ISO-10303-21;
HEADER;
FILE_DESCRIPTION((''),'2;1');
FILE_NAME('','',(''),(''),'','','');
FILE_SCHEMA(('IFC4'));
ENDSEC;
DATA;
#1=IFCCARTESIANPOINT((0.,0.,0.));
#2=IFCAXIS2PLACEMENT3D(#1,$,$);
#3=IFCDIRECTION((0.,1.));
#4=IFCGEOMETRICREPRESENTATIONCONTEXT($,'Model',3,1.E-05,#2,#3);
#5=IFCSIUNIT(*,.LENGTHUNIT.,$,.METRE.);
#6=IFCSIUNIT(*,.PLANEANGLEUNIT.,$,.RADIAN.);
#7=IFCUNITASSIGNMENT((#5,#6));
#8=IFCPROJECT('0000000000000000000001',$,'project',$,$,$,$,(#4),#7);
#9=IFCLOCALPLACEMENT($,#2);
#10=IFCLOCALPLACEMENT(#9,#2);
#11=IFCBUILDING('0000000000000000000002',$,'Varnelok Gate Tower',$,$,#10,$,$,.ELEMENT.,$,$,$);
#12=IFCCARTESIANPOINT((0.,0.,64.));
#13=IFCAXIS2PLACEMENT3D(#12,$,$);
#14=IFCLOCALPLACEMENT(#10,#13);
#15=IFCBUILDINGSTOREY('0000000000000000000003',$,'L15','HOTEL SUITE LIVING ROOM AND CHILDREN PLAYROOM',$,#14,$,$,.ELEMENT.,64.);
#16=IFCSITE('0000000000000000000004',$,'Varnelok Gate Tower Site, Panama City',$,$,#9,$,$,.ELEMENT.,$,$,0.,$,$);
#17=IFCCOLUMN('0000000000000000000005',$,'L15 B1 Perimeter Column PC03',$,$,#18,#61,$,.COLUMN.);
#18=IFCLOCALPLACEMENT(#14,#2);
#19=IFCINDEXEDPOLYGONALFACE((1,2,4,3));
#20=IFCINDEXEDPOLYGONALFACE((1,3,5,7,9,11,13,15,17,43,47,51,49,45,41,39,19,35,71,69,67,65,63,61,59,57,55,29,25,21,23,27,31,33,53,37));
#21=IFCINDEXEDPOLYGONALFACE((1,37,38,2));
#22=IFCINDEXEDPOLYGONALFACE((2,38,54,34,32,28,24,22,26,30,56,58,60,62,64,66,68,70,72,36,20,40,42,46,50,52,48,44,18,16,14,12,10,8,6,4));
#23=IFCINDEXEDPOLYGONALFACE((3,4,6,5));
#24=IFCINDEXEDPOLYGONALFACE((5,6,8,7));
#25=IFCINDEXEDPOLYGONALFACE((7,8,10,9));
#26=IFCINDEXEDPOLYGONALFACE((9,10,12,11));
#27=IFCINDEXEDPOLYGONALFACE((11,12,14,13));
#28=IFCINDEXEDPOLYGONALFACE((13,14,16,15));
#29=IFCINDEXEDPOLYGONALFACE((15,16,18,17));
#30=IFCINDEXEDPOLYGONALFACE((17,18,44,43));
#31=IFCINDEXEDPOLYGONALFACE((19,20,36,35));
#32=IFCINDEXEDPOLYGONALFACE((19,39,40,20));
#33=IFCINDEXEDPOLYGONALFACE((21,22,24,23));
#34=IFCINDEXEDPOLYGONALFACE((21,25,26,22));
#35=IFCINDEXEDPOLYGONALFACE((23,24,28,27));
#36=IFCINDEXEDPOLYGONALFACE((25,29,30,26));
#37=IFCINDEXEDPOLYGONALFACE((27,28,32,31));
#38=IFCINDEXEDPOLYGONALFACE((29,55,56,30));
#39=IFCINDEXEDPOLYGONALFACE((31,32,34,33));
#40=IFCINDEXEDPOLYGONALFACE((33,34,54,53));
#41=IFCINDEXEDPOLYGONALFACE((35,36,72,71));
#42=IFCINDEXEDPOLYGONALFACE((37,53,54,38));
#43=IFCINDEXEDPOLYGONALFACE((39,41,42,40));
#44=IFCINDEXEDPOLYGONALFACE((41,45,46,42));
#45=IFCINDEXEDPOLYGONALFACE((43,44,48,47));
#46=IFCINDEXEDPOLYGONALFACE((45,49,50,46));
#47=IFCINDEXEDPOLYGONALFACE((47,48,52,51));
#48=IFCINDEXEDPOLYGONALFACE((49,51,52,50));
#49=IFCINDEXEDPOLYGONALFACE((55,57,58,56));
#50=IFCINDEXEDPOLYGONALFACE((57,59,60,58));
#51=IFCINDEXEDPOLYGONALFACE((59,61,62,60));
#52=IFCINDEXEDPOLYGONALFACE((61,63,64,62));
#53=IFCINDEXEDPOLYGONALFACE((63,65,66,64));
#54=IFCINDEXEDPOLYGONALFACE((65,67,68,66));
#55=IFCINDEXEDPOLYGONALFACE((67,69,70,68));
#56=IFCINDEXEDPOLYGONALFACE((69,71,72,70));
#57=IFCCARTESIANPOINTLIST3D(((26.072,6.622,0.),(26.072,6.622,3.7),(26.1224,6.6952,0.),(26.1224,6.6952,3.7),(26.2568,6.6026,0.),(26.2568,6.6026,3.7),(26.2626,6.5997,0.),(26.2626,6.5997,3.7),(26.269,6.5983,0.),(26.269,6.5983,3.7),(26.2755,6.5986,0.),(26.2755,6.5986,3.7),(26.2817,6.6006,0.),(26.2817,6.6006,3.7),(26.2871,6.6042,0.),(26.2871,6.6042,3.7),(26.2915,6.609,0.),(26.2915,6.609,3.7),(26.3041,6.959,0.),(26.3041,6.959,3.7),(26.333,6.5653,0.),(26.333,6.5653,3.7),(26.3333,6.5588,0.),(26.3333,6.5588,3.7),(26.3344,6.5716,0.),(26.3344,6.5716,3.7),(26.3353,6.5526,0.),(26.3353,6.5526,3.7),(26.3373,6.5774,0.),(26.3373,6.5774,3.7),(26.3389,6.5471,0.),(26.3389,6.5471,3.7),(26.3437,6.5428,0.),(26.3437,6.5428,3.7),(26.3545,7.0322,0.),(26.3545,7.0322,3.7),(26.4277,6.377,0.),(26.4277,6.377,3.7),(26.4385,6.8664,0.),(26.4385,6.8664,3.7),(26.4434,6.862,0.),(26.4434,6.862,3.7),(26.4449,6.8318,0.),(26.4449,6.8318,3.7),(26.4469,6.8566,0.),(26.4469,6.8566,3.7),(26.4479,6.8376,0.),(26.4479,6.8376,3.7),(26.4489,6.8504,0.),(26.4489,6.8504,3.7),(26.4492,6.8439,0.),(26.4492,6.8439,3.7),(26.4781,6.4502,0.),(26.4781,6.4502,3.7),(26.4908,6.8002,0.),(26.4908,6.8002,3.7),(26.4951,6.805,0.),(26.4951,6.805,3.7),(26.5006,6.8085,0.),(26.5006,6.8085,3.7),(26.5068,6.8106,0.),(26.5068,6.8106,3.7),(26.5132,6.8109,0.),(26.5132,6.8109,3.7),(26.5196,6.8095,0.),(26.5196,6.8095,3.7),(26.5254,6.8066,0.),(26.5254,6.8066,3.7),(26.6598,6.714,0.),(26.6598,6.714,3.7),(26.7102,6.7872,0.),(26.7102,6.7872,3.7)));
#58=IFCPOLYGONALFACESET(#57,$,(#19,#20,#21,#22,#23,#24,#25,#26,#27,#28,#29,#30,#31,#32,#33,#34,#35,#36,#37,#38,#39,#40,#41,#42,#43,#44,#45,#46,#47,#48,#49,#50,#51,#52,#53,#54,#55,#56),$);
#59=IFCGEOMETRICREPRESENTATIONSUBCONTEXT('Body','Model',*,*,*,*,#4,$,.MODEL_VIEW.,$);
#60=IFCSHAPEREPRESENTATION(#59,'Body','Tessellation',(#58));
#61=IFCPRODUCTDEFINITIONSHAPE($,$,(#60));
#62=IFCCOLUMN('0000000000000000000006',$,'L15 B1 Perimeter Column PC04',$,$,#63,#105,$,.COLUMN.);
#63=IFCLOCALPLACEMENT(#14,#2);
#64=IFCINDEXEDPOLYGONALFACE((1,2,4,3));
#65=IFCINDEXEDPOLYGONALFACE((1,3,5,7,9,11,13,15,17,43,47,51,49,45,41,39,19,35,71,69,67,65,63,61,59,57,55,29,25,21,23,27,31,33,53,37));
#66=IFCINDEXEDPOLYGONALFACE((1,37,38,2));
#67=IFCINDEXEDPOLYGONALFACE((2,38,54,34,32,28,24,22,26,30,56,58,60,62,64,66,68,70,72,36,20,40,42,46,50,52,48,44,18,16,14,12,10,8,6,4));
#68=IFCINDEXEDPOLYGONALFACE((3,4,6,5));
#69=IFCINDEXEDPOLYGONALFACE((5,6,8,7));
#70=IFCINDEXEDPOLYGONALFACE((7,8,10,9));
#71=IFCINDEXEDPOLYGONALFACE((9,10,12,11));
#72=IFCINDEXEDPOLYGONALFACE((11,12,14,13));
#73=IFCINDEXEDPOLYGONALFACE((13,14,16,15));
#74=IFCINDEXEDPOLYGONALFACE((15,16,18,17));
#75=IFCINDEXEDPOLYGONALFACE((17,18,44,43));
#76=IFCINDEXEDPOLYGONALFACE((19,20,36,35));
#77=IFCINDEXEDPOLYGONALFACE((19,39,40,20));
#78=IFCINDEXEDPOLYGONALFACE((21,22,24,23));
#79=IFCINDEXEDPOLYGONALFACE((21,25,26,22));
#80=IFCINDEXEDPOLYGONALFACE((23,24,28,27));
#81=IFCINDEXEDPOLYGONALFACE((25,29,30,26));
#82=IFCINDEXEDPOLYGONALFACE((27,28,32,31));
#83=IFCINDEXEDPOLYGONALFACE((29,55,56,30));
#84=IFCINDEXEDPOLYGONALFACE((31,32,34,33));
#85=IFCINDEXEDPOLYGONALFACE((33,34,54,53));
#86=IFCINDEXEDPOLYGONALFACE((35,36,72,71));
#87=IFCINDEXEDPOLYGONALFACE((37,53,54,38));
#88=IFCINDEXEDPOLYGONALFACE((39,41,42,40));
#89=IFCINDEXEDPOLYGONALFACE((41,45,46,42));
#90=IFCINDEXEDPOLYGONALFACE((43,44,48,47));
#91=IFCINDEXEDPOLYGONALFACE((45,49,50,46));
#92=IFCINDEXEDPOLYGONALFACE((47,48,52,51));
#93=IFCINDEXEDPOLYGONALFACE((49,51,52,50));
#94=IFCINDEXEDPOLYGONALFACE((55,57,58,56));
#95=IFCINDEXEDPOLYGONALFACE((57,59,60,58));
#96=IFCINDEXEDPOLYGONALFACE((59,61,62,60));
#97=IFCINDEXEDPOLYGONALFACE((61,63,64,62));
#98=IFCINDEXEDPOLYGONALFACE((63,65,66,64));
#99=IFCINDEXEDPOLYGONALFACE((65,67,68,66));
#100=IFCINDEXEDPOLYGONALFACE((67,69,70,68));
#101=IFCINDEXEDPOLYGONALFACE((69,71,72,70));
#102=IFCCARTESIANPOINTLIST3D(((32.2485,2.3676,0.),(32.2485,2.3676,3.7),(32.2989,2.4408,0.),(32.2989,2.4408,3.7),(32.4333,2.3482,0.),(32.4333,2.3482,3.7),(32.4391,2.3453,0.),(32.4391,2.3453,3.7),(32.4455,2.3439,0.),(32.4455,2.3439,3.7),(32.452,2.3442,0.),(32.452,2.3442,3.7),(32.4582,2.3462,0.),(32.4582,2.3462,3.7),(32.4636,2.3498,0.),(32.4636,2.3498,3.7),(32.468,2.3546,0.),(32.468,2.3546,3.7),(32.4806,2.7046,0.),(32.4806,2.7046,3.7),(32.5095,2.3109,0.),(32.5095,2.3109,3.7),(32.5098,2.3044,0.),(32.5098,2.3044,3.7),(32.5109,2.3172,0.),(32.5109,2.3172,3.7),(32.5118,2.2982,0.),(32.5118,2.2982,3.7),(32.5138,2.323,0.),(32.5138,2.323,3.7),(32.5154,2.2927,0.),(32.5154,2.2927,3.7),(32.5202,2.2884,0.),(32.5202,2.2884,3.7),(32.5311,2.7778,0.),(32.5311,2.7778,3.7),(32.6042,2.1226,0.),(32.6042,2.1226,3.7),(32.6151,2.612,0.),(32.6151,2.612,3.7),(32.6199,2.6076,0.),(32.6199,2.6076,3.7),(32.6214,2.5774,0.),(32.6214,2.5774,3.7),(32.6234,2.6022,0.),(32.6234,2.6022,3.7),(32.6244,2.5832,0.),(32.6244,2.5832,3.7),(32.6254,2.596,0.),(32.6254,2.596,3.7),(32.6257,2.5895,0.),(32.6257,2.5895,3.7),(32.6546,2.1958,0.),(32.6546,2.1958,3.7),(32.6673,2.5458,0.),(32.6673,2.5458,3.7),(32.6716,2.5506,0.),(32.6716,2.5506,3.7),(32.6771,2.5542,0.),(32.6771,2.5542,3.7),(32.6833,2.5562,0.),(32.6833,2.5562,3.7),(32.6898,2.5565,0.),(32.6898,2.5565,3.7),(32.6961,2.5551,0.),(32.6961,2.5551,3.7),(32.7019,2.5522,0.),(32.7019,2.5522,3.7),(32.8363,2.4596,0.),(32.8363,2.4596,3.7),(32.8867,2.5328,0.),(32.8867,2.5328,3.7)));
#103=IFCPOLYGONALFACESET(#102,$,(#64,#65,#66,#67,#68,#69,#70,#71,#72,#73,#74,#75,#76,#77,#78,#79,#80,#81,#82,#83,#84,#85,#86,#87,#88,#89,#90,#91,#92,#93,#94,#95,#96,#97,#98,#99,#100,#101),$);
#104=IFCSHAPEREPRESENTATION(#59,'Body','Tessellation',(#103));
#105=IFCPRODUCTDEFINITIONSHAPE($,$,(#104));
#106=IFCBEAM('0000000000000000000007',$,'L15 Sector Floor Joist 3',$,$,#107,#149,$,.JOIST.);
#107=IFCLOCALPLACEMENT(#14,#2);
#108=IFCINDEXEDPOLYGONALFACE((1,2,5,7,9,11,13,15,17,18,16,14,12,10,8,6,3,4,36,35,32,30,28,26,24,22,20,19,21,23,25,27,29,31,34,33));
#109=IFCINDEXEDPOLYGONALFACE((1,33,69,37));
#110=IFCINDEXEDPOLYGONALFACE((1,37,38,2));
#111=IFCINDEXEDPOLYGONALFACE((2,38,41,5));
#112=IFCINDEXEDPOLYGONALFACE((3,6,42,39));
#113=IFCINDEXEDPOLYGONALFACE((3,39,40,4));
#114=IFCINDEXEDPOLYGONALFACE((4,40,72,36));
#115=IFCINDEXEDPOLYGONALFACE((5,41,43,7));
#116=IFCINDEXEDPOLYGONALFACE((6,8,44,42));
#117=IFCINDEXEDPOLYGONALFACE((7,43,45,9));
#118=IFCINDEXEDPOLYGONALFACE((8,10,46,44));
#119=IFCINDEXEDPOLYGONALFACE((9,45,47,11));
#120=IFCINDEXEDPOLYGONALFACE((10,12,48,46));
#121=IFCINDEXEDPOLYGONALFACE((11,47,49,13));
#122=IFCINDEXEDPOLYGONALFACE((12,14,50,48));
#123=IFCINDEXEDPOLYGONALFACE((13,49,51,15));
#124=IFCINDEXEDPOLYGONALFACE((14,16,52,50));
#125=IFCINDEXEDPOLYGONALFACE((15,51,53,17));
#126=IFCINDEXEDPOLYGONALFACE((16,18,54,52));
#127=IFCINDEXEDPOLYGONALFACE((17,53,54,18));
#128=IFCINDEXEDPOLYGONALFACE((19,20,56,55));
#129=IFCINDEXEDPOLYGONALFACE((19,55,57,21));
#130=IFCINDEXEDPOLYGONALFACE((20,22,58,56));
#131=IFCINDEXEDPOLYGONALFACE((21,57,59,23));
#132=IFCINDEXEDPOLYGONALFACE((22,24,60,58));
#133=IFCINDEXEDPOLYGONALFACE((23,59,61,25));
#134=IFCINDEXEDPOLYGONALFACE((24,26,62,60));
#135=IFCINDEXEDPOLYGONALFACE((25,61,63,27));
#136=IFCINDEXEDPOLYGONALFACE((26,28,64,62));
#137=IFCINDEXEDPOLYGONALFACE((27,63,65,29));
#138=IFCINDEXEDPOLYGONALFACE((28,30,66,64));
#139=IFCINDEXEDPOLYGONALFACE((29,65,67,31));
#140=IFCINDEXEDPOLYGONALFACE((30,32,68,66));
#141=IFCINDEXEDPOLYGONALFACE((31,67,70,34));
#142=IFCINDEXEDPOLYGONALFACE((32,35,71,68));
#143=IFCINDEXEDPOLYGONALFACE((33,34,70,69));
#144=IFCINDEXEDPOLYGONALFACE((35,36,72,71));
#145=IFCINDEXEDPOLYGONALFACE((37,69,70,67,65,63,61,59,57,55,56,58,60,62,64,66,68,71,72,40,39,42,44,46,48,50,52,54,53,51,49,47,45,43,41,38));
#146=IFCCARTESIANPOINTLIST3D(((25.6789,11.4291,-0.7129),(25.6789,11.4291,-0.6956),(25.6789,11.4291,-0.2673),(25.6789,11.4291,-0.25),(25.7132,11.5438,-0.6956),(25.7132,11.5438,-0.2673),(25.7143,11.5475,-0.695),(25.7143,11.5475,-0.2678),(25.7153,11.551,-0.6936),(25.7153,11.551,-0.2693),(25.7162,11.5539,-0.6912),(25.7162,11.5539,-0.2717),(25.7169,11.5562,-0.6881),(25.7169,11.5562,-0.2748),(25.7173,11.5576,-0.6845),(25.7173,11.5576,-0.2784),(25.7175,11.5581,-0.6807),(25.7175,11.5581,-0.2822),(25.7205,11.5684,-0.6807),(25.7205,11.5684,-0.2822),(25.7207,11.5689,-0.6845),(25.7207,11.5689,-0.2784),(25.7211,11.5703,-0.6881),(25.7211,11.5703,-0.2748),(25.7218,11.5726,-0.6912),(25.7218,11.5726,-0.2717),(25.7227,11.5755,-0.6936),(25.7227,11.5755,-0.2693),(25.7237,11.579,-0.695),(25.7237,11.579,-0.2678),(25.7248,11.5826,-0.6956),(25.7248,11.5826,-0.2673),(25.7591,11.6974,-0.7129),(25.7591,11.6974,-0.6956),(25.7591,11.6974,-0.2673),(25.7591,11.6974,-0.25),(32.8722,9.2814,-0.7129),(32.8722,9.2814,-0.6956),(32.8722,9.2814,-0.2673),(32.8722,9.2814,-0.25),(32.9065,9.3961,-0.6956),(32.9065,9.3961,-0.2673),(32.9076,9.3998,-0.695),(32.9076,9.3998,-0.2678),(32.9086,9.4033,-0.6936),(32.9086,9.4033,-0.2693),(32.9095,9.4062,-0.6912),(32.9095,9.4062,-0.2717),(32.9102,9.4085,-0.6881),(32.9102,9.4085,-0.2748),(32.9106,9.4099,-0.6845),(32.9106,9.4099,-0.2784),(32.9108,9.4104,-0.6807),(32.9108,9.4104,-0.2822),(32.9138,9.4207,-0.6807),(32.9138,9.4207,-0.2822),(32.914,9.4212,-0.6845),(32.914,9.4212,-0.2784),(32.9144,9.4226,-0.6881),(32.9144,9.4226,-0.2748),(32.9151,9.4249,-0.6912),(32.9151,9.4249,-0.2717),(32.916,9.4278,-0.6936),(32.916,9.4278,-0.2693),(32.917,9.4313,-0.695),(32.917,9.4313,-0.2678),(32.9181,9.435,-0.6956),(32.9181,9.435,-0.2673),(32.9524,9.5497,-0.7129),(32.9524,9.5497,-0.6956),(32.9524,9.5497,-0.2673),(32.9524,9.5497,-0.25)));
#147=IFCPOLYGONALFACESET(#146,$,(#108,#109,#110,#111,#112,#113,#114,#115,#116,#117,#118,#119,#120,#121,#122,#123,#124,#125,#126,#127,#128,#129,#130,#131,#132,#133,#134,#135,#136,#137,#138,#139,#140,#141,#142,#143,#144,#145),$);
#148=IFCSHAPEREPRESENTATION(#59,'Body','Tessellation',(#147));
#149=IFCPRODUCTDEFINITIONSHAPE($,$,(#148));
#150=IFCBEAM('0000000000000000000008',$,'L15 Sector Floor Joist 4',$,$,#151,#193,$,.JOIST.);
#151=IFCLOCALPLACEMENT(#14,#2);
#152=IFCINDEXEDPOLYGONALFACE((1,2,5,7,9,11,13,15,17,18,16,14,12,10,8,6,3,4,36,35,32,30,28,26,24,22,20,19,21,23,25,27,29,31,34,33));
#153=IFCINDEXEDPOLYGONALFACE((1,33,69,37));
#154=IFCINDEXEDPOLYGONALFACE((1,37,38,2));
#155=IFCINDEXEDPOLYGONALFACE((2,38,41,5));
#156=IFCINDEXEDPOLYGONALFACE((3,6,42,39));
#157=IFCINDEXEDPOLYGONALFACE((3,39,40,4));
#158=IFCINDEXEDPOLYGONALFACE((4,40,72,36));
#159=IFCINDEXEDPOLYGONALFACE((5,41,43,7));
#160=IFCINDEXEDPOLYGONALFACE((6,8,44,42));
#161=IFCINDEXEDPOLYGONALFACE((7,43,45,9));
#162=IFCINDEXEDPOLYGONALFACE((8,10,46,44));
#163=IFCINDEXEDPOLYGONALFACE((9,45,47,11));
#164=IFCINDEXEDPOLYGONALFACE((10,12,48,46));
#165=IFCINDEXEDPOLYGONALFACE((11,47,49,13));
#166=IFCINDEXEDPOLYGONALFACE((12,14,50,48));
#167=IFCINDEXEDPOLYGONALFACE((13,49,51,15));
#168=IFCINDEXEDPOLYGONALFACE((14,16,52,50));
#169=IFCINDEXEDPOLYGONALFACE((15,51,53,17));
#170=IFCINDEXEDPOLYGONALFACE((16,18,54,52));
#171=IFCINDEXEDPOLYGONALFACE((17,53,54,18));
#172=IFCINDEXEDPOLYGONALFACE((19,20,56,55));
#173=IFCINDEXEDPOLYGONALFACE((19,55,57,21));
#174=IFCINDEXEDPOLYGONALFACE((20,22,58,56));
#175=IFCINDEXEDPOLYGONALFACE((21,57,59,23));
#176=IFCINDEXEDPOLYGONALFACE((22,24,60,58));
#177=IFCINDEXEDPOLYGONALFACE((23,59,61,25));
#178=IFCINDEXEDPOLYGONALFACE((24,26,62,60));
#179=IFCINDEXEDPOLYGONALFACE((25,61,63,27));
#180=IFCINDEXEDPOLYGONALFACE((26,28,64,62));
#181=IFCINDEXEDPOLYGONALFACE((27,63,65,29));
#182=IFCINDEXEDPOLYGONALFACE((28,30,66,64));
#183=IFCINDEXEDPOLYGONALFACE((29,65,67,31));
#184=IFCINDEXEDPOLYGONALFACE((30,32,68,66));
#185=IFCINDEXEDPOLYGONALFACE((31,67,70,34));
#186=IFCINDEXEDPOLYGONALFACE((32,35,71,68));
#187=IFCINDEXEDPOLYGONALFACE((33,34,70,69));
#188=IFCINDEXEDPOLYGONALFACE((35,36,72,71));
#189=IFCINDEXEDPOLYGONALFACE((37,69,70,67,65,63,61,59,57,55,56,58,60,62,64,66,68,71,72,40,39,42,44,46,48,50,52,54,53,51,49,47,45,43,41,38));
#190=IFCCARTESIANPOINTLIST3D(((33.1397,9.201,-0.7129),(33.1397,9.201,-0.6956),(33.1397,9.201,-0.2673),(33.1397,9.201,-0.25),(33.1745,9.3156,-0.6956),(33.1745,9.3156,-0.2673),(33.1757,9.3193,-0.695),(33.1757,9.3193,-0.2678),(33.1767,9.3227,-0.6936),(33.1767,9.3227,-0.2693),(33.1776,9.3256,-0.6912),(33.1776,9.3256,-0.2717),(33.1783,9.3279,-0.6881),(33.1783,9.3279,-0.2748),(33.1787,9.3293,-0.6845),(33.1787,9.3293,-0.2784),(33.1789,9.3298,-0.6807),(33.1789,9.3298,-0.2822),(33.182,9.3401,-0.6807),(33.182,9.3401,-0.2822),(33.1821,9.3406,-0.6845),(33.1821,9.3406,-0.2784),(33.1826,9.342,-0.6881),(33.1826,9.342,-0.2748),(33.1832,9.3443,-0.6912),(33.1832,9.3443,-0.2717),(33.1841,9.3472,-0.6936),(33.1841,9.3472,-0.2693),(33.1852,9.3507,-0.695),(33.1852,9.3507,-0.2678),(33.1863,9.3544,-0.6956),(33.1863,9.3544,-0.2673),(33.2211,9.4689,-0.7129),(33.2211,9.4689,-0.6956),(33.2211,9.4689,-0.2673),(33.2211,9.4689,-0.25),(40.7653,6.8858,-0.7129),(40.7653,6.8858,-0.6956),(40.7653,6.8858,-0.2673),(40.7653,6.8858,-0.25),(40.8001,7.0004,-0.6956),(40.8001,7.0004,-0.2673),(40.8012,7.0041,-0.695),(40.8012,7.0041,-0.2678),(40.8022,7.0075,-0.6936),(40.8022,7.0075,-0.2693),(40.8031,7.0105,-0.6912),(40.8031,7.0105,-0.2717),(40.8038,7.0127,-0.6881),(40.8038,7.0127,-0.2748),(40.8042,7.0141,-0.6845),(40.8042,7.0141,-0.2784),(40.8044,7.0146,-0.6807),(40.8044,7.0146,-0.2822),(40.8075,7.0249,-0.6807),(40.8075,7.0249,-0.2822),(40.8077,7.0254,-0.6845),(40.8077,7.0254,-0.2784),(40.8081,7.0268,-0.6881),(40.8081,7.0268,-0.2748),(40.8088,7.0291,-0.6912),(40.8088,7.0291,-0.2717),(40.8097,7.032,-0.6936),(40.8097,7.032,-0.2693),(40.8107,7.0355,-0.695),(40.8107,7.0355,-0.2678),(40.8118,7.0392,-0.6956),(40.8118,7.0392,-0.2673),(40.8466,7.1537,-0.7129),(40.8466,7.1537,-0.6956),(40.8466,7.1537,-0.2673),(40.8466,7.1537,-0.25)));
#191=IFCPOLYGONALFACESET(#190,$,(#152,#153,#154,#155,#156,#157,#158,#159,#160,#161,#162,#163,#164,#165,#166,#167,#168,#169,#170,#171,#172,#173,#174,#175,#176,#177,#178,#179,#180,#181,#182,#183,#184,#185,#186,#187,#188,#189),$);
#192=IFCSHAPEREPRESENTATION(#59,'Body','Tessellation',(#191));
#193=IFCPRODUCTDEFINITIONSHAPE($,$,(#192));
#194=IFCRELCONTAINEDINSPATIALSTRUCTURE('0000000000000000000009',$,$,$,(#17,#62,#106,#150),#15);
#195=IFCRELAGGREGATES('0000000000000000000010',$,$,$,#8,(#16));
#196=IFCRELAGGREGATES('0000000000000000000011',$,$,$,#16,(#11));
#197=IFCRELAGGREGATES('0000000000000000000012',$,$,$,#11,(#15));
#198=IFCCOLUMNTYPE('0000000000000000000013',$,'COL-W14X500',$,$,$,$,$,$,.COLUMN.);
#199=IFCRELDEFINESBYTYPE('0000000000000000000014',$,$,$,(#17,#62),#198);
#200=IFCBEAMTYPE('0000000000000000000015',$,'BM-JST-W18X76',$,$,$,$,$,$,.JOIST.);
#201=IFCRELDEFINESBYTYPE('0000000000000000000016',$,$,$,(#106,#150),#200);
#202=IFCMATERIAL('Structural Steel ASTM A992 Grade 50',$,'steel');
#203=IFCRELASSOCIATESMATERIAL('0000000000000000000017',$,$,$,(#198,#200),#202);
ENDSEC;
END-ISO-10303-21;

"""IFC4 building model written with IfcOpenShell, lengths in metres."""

from ifc_helpers import new_model, si_unit, direction, frame, origin, origin_2d, place, context, subcontext, project, spatial, i_section, extrude, material, material_profile, profile_set, type_object, element, save


model = new_model("IFC4")

# Units and contexts
model_context = context("Model", 3, precision=1e-05, world=origin(), true_north=direction((0.0, 1.0)))
body_context = subcontext(model_context, "Body", "Model", "MODEL_VIEW")
ifc_project = project(units=[si_unit("LENGTHUNIT", "METRE"), si_unit("PLANEANGLEUNIT", "RADIAN")], contexts=[model_context])

# Site, building, storey
site_placement = place(None, origin())
site = spatial("IfcSite", under=ifc_project, at=site_placement, Name="Varnelok Gate Tower Site, Panama City", CompositionType="ELEMENT", RefElevation=0.0)
building_placement = place(site_placement, origin())
building = spatial("IfcBuilding", under=site, at=building_placement, Name="Varnelok Gate Tower", CompositionType="ELEMENT")
storey_placement = place(building_placement, frame((0.0, 0.0, 64.0)))
storey = spatial("IfcBuildingStorey", under=building, at=storey_placement, Name="L15", Description="HOTEL SUITE LIVING ROOM AND CHILDREN PLAYROOM", CompositionType="ELEMENT", Elevation=64.0)

# Columns
ifc_material_1 = material(Name="Structural Steel ASTM A992 Grade 50", Category="steel")
ifc_material_profile_1 = material_profile(ifc_material_1, i_section(OverallWidth=0.4319, OverallDepth=0.498, WebThickness=0.0557, FlangeThickness=0.0889, FilletRadius=0.0249, at=origin_2d()), Name="W14X500")
ifc_profile_set_1 = profile_set([ifc_material_profile_1], Name="Structural Steel ASTM A992 Grade 50")
column_type = type_object("IfcColumnType", Name="COL-W14X500", PredefinedType="COLUMN", material=ifc_profile_set_1)
for number, where, z_axis, x_axis, name in (
    (1, (26.3911, 6.7046, 0.0), (0.0, 0.0, 1.0), (0.823533, -0.567269, 0.0), "L15 B1 Perimeter Column PC03"),
    (2, (32.5676, 2.4502, 0.0), (0.0, 0.0, 1.0), (0.823533, -0.567269, 0.0), "L15 B1 Perimeter Column PC04"),
):
    element("IfcColumn", number, at=place(storey_placement, frame(where, z_axis=z_axis, x_axis=x_axis)), inside=storey, type_object=column_type, Name=name, PredefinedType="COLUMN", context=body_context, shape_type="SweptSolid", body=[
        extrude(i_section(OverallWidth=0.4319, OverallDepth=0.498, WebThickness=0.0557, FlangeThickness=0.0889, FilletRadius=0.0249, at=origin_2d()), origin(), (0.0, 0.0, 1.0), 3.7),
    ])

# Beams
ifc_material_profile_2 = material_profile(ifc_material_1, i_section(OverallWidth=0.28, OverallDepth=0.4629, WebThickness=0.0107, FlangeThickness=0.0173, FilletRadius=0.0149, at=origin_2d()), Name="W18X76")
ifc_profile_set_2 = profile_set([ifc_material_profile_2], Name="Structural Steel ASTM A992 Grade 50")
beam_type_1 = type_object("IfcBeamType", Name="BM-JST-W18X76", PredefinedType="JOIST", material=ifc_profile_set_2)
beam_1_placement = place(storey_placement, frame((25.719, 11.5632, -0.4814), z_axis=(0.958203, -0.286089, 0.0), x_axis=(0.286089, 0.958203, 0.0)))
element("IfcBeam", 3, at=beam_1_placement, inside=storey, type_object=beam_type_1, Name="L15 Sector Floor Joist 3", PredefinedType="JOIST", context=body_context, shape_type="SweptSolid", body=[
    extrude(i_section(OverallWidth=0.28, OverallDepth=0.4629, WebThickness=0.0107, FlangeThickness=0.0173, FilletRadius=0.0149, at=origin_2d()), origin(), (0.0, 0.0, 1.0), 7.5071),
])
beam_2_placement = place(storey_placement, frame((33.1804, 9.335, -0.4814), z_axis=(0.95687, -0.290517, 0.0), x_axis=(0.290517, 0.95687, 0.0)))
element("IfcBeam", 4, at=beam_2_placement, inside=storey, type_object=beam_type_1, Name="L15 Sector Floor Joist 4", PredefinedType="JOIST", context=body_context, shape_type="SweptSolid", body=[
    extrude(i_section(OverallWidth=0.28, OverallDepth=0.4629, WebThickness=0.0107, FlangeThickness=0.0173, FilletRadius=0.0149, at=origin_2d()), origin(), (0.0, 0.0, 1.0), 7.9692),
])

save(model, "model.ifc")
